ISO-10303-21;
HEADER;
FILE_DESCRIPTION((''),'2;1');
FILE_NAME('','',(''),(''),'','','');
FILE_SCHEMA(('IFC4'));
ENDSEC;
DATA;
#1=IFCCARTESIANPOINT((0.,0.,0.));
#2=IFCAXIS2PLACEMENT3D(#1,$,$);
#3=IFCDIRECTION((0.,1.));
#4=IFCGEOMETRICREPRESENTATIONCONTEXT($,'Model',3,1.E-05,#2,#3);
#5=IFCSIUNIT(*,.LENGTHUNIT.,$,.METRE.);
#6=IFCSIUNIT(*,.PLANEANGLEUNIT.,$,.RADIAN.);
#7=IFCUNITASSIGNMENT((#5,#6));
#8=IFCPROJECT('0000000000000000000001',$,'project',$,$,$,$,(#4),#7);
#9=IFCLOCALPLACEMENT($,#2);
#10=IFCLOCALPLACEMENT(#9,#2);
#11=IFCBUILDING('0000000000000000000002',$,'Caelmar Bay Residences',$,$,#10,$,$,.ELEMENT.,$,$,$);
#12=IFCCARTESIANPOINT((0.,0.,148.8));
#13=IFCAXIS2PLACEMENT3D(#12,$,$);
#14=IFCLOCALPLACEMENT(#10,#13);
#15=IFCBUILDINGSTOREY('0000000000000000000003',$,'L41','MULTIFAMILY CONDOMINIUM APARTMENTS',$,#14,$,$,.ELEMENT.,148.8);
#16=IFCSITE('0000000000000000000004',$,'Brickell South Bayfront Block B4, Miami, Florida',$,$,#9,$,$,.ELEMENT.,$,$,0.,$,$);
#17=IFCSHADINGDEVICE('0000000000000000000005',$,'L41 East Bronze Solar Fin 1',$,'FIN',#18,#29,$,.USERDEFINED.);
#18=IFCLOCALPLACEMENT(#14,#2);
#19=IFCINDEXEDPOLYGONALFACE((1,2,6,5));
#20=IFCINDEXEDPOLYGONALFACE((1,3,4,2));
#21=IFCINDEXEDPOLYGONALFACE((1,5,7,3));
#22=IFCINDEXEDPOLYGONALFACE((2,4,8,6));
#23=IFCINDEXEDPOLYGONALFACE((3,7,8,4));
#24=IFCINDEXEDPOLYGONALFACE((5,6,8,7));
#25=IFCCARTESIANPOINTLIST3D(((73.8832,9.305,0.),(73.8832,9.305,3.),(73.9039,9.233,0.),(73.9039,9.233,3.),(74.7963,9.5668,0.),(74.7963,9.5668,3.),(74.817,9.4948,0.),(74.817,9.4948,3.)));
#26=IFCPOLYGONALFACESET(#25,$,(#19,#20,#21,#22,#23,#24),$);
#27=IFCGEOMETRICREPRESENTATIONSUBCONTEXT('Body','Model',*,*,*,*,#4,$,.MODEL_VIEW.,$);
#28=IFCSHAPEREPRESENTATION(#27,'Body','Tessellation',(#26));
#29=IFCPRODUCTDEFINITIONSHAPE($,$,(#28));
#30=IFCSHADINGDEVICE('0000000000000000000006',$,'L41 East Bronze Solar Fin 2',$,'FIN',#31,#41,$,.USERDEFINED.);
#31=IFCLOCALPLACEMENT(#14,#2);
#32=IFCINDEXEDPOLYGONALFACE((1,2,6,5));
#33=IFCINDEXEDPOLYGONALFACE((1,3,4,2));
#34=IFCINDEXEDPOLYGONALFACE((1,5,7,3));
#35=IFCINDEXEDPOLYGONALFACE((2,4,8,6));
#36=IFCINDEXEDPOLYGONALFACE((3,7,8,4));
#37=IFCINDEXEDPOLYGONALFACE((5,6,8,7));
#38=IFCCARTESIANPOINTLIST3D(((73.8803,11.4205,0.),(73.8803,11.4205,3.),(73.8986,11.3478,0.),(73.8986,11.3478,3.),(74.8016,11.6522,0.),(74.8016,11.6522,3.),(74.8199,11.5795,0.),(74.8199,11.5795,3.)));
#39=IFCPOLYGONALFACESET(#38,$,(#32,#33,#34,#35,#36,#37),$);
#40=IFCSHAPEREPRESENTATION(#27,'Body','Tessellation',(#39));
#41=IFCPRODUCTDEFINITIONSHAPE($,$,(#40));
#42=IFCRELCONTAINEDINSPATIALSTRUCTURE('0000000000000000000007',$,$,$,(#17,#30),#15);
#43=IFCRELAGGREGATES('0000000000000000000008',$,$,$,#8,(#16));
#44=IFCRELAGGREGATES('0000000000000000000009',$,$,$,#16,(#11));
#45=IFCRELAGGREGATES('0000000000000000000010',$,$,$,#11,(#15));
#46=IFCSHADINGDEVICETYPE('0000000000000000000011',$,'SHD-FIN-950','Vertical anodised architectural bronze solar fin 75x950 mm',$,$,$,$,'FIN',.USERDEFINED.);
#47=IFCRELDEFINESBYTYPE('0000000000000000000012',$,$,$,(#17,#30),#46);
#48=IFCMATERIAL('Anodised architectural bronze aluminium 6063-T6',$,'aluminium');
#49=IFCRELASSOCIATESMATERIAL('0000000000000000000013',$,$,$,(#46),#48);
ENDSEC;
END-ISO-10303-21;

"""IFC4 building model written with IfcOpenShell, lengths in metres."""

from ifc_helpers import new_model, si_unit, direction, frame, origin, origin_2d, place, context, subcontext, project, spatial, rectangle, extrude, material, material_profile, profile_set, type_object, element, save


model = new_model("IFC4")

# Units and contexts
model_context = context("Model", 3, precision=1e-05, world=origin(), true_north=direction((0.0, 1.0)))
body_context = subcontext(model_context, "Body", "Model", "MODEL_VIEW")
ifc_project = project(units=[si_unit("LENGTHUNIT", "METRE"), si_unit("PLANEANGLEUNIT", "RADIAN")], contexts=[model_context])

# Site, building, storey
site_placement = place(None, origin())
site = spatial("IfcSite", under=ifc_project, at=site_placement, Name="Brickell South Bayfront Block B4, Miami, Florida", CompositionType="ELEMENT", RefElevation=0.0)
building_placement = place(site_placement, origin())
building = spatial("IfcBuilding", under=site, at=building_placement, Name="Caelmar Bay Residences", CompositionType="ELEMENT")
storey_placement = place(building_placement, frame((0.0, 0.0, 148.8)))
storey = spatial("IfcBuildingStorey", under=building, at=storey_placement, Name="L41", Description="MULTIFAMILY CONDOMINIUM APARTMENTS", CompositionType="ELEMENT", Elevation=148.8)

# Shading devices
ifc_material_1 = material(Name="Anodised architectural bronze aluminium 6063-T6", Category="aluminium")
ifc_material_profile_1 = material_profile(ifc_material_1, rectangle(XDim=0.075, YDim=0.95, at=origin_2d()), Name="BRONZE-FIN-75X950")
ifc_profile_set_1 = profile_set([ifc_material_profile_1], Name="Anodised architectural bronze aluminium 6063-T6")
shading_device_type = type_object("IfcShadingDeviceType", Name="SHD-FIN-950", Description="Vertical anodised architectural bronze solar fin 75x950 mm", ElementType="FIN", PredefinedType="USERDEFINED", material=ifc_profile_set_1)
for number, where, z_axis, x_axis, name in (
    (1, (74.3501, 9.3999, 0.0), (0.0, 0.0, 1.0), (-0.275637, 0.961262, 0.0), "L41 East Bronze Solar Fin 1"),
    (2, (74.3501, 11.5, 0.0), (0.0, 0.0, 1.0), (-0.243954, 0.969787, 0.0), "L41 East Bronze Solar Fin 2"),
):
    element("IfcShadingDevice", number, at=place(storey_placement, frame(where, z_axis=z_axis, x_axis=x_axis)), inside=storey, type_object=shading_device_type, Name=name, ObjectType="FIN", PredefinedType="USERDEFINED", context=body_context, shape_type="SweptSolid", body=[
        extrude(rectangle(XDim=0.075, YDim=0.95, at=origin_2d()), origin(), (0.0, 0.0, 1.0), 3.0),
    ])

save(model, "model.ifc")
